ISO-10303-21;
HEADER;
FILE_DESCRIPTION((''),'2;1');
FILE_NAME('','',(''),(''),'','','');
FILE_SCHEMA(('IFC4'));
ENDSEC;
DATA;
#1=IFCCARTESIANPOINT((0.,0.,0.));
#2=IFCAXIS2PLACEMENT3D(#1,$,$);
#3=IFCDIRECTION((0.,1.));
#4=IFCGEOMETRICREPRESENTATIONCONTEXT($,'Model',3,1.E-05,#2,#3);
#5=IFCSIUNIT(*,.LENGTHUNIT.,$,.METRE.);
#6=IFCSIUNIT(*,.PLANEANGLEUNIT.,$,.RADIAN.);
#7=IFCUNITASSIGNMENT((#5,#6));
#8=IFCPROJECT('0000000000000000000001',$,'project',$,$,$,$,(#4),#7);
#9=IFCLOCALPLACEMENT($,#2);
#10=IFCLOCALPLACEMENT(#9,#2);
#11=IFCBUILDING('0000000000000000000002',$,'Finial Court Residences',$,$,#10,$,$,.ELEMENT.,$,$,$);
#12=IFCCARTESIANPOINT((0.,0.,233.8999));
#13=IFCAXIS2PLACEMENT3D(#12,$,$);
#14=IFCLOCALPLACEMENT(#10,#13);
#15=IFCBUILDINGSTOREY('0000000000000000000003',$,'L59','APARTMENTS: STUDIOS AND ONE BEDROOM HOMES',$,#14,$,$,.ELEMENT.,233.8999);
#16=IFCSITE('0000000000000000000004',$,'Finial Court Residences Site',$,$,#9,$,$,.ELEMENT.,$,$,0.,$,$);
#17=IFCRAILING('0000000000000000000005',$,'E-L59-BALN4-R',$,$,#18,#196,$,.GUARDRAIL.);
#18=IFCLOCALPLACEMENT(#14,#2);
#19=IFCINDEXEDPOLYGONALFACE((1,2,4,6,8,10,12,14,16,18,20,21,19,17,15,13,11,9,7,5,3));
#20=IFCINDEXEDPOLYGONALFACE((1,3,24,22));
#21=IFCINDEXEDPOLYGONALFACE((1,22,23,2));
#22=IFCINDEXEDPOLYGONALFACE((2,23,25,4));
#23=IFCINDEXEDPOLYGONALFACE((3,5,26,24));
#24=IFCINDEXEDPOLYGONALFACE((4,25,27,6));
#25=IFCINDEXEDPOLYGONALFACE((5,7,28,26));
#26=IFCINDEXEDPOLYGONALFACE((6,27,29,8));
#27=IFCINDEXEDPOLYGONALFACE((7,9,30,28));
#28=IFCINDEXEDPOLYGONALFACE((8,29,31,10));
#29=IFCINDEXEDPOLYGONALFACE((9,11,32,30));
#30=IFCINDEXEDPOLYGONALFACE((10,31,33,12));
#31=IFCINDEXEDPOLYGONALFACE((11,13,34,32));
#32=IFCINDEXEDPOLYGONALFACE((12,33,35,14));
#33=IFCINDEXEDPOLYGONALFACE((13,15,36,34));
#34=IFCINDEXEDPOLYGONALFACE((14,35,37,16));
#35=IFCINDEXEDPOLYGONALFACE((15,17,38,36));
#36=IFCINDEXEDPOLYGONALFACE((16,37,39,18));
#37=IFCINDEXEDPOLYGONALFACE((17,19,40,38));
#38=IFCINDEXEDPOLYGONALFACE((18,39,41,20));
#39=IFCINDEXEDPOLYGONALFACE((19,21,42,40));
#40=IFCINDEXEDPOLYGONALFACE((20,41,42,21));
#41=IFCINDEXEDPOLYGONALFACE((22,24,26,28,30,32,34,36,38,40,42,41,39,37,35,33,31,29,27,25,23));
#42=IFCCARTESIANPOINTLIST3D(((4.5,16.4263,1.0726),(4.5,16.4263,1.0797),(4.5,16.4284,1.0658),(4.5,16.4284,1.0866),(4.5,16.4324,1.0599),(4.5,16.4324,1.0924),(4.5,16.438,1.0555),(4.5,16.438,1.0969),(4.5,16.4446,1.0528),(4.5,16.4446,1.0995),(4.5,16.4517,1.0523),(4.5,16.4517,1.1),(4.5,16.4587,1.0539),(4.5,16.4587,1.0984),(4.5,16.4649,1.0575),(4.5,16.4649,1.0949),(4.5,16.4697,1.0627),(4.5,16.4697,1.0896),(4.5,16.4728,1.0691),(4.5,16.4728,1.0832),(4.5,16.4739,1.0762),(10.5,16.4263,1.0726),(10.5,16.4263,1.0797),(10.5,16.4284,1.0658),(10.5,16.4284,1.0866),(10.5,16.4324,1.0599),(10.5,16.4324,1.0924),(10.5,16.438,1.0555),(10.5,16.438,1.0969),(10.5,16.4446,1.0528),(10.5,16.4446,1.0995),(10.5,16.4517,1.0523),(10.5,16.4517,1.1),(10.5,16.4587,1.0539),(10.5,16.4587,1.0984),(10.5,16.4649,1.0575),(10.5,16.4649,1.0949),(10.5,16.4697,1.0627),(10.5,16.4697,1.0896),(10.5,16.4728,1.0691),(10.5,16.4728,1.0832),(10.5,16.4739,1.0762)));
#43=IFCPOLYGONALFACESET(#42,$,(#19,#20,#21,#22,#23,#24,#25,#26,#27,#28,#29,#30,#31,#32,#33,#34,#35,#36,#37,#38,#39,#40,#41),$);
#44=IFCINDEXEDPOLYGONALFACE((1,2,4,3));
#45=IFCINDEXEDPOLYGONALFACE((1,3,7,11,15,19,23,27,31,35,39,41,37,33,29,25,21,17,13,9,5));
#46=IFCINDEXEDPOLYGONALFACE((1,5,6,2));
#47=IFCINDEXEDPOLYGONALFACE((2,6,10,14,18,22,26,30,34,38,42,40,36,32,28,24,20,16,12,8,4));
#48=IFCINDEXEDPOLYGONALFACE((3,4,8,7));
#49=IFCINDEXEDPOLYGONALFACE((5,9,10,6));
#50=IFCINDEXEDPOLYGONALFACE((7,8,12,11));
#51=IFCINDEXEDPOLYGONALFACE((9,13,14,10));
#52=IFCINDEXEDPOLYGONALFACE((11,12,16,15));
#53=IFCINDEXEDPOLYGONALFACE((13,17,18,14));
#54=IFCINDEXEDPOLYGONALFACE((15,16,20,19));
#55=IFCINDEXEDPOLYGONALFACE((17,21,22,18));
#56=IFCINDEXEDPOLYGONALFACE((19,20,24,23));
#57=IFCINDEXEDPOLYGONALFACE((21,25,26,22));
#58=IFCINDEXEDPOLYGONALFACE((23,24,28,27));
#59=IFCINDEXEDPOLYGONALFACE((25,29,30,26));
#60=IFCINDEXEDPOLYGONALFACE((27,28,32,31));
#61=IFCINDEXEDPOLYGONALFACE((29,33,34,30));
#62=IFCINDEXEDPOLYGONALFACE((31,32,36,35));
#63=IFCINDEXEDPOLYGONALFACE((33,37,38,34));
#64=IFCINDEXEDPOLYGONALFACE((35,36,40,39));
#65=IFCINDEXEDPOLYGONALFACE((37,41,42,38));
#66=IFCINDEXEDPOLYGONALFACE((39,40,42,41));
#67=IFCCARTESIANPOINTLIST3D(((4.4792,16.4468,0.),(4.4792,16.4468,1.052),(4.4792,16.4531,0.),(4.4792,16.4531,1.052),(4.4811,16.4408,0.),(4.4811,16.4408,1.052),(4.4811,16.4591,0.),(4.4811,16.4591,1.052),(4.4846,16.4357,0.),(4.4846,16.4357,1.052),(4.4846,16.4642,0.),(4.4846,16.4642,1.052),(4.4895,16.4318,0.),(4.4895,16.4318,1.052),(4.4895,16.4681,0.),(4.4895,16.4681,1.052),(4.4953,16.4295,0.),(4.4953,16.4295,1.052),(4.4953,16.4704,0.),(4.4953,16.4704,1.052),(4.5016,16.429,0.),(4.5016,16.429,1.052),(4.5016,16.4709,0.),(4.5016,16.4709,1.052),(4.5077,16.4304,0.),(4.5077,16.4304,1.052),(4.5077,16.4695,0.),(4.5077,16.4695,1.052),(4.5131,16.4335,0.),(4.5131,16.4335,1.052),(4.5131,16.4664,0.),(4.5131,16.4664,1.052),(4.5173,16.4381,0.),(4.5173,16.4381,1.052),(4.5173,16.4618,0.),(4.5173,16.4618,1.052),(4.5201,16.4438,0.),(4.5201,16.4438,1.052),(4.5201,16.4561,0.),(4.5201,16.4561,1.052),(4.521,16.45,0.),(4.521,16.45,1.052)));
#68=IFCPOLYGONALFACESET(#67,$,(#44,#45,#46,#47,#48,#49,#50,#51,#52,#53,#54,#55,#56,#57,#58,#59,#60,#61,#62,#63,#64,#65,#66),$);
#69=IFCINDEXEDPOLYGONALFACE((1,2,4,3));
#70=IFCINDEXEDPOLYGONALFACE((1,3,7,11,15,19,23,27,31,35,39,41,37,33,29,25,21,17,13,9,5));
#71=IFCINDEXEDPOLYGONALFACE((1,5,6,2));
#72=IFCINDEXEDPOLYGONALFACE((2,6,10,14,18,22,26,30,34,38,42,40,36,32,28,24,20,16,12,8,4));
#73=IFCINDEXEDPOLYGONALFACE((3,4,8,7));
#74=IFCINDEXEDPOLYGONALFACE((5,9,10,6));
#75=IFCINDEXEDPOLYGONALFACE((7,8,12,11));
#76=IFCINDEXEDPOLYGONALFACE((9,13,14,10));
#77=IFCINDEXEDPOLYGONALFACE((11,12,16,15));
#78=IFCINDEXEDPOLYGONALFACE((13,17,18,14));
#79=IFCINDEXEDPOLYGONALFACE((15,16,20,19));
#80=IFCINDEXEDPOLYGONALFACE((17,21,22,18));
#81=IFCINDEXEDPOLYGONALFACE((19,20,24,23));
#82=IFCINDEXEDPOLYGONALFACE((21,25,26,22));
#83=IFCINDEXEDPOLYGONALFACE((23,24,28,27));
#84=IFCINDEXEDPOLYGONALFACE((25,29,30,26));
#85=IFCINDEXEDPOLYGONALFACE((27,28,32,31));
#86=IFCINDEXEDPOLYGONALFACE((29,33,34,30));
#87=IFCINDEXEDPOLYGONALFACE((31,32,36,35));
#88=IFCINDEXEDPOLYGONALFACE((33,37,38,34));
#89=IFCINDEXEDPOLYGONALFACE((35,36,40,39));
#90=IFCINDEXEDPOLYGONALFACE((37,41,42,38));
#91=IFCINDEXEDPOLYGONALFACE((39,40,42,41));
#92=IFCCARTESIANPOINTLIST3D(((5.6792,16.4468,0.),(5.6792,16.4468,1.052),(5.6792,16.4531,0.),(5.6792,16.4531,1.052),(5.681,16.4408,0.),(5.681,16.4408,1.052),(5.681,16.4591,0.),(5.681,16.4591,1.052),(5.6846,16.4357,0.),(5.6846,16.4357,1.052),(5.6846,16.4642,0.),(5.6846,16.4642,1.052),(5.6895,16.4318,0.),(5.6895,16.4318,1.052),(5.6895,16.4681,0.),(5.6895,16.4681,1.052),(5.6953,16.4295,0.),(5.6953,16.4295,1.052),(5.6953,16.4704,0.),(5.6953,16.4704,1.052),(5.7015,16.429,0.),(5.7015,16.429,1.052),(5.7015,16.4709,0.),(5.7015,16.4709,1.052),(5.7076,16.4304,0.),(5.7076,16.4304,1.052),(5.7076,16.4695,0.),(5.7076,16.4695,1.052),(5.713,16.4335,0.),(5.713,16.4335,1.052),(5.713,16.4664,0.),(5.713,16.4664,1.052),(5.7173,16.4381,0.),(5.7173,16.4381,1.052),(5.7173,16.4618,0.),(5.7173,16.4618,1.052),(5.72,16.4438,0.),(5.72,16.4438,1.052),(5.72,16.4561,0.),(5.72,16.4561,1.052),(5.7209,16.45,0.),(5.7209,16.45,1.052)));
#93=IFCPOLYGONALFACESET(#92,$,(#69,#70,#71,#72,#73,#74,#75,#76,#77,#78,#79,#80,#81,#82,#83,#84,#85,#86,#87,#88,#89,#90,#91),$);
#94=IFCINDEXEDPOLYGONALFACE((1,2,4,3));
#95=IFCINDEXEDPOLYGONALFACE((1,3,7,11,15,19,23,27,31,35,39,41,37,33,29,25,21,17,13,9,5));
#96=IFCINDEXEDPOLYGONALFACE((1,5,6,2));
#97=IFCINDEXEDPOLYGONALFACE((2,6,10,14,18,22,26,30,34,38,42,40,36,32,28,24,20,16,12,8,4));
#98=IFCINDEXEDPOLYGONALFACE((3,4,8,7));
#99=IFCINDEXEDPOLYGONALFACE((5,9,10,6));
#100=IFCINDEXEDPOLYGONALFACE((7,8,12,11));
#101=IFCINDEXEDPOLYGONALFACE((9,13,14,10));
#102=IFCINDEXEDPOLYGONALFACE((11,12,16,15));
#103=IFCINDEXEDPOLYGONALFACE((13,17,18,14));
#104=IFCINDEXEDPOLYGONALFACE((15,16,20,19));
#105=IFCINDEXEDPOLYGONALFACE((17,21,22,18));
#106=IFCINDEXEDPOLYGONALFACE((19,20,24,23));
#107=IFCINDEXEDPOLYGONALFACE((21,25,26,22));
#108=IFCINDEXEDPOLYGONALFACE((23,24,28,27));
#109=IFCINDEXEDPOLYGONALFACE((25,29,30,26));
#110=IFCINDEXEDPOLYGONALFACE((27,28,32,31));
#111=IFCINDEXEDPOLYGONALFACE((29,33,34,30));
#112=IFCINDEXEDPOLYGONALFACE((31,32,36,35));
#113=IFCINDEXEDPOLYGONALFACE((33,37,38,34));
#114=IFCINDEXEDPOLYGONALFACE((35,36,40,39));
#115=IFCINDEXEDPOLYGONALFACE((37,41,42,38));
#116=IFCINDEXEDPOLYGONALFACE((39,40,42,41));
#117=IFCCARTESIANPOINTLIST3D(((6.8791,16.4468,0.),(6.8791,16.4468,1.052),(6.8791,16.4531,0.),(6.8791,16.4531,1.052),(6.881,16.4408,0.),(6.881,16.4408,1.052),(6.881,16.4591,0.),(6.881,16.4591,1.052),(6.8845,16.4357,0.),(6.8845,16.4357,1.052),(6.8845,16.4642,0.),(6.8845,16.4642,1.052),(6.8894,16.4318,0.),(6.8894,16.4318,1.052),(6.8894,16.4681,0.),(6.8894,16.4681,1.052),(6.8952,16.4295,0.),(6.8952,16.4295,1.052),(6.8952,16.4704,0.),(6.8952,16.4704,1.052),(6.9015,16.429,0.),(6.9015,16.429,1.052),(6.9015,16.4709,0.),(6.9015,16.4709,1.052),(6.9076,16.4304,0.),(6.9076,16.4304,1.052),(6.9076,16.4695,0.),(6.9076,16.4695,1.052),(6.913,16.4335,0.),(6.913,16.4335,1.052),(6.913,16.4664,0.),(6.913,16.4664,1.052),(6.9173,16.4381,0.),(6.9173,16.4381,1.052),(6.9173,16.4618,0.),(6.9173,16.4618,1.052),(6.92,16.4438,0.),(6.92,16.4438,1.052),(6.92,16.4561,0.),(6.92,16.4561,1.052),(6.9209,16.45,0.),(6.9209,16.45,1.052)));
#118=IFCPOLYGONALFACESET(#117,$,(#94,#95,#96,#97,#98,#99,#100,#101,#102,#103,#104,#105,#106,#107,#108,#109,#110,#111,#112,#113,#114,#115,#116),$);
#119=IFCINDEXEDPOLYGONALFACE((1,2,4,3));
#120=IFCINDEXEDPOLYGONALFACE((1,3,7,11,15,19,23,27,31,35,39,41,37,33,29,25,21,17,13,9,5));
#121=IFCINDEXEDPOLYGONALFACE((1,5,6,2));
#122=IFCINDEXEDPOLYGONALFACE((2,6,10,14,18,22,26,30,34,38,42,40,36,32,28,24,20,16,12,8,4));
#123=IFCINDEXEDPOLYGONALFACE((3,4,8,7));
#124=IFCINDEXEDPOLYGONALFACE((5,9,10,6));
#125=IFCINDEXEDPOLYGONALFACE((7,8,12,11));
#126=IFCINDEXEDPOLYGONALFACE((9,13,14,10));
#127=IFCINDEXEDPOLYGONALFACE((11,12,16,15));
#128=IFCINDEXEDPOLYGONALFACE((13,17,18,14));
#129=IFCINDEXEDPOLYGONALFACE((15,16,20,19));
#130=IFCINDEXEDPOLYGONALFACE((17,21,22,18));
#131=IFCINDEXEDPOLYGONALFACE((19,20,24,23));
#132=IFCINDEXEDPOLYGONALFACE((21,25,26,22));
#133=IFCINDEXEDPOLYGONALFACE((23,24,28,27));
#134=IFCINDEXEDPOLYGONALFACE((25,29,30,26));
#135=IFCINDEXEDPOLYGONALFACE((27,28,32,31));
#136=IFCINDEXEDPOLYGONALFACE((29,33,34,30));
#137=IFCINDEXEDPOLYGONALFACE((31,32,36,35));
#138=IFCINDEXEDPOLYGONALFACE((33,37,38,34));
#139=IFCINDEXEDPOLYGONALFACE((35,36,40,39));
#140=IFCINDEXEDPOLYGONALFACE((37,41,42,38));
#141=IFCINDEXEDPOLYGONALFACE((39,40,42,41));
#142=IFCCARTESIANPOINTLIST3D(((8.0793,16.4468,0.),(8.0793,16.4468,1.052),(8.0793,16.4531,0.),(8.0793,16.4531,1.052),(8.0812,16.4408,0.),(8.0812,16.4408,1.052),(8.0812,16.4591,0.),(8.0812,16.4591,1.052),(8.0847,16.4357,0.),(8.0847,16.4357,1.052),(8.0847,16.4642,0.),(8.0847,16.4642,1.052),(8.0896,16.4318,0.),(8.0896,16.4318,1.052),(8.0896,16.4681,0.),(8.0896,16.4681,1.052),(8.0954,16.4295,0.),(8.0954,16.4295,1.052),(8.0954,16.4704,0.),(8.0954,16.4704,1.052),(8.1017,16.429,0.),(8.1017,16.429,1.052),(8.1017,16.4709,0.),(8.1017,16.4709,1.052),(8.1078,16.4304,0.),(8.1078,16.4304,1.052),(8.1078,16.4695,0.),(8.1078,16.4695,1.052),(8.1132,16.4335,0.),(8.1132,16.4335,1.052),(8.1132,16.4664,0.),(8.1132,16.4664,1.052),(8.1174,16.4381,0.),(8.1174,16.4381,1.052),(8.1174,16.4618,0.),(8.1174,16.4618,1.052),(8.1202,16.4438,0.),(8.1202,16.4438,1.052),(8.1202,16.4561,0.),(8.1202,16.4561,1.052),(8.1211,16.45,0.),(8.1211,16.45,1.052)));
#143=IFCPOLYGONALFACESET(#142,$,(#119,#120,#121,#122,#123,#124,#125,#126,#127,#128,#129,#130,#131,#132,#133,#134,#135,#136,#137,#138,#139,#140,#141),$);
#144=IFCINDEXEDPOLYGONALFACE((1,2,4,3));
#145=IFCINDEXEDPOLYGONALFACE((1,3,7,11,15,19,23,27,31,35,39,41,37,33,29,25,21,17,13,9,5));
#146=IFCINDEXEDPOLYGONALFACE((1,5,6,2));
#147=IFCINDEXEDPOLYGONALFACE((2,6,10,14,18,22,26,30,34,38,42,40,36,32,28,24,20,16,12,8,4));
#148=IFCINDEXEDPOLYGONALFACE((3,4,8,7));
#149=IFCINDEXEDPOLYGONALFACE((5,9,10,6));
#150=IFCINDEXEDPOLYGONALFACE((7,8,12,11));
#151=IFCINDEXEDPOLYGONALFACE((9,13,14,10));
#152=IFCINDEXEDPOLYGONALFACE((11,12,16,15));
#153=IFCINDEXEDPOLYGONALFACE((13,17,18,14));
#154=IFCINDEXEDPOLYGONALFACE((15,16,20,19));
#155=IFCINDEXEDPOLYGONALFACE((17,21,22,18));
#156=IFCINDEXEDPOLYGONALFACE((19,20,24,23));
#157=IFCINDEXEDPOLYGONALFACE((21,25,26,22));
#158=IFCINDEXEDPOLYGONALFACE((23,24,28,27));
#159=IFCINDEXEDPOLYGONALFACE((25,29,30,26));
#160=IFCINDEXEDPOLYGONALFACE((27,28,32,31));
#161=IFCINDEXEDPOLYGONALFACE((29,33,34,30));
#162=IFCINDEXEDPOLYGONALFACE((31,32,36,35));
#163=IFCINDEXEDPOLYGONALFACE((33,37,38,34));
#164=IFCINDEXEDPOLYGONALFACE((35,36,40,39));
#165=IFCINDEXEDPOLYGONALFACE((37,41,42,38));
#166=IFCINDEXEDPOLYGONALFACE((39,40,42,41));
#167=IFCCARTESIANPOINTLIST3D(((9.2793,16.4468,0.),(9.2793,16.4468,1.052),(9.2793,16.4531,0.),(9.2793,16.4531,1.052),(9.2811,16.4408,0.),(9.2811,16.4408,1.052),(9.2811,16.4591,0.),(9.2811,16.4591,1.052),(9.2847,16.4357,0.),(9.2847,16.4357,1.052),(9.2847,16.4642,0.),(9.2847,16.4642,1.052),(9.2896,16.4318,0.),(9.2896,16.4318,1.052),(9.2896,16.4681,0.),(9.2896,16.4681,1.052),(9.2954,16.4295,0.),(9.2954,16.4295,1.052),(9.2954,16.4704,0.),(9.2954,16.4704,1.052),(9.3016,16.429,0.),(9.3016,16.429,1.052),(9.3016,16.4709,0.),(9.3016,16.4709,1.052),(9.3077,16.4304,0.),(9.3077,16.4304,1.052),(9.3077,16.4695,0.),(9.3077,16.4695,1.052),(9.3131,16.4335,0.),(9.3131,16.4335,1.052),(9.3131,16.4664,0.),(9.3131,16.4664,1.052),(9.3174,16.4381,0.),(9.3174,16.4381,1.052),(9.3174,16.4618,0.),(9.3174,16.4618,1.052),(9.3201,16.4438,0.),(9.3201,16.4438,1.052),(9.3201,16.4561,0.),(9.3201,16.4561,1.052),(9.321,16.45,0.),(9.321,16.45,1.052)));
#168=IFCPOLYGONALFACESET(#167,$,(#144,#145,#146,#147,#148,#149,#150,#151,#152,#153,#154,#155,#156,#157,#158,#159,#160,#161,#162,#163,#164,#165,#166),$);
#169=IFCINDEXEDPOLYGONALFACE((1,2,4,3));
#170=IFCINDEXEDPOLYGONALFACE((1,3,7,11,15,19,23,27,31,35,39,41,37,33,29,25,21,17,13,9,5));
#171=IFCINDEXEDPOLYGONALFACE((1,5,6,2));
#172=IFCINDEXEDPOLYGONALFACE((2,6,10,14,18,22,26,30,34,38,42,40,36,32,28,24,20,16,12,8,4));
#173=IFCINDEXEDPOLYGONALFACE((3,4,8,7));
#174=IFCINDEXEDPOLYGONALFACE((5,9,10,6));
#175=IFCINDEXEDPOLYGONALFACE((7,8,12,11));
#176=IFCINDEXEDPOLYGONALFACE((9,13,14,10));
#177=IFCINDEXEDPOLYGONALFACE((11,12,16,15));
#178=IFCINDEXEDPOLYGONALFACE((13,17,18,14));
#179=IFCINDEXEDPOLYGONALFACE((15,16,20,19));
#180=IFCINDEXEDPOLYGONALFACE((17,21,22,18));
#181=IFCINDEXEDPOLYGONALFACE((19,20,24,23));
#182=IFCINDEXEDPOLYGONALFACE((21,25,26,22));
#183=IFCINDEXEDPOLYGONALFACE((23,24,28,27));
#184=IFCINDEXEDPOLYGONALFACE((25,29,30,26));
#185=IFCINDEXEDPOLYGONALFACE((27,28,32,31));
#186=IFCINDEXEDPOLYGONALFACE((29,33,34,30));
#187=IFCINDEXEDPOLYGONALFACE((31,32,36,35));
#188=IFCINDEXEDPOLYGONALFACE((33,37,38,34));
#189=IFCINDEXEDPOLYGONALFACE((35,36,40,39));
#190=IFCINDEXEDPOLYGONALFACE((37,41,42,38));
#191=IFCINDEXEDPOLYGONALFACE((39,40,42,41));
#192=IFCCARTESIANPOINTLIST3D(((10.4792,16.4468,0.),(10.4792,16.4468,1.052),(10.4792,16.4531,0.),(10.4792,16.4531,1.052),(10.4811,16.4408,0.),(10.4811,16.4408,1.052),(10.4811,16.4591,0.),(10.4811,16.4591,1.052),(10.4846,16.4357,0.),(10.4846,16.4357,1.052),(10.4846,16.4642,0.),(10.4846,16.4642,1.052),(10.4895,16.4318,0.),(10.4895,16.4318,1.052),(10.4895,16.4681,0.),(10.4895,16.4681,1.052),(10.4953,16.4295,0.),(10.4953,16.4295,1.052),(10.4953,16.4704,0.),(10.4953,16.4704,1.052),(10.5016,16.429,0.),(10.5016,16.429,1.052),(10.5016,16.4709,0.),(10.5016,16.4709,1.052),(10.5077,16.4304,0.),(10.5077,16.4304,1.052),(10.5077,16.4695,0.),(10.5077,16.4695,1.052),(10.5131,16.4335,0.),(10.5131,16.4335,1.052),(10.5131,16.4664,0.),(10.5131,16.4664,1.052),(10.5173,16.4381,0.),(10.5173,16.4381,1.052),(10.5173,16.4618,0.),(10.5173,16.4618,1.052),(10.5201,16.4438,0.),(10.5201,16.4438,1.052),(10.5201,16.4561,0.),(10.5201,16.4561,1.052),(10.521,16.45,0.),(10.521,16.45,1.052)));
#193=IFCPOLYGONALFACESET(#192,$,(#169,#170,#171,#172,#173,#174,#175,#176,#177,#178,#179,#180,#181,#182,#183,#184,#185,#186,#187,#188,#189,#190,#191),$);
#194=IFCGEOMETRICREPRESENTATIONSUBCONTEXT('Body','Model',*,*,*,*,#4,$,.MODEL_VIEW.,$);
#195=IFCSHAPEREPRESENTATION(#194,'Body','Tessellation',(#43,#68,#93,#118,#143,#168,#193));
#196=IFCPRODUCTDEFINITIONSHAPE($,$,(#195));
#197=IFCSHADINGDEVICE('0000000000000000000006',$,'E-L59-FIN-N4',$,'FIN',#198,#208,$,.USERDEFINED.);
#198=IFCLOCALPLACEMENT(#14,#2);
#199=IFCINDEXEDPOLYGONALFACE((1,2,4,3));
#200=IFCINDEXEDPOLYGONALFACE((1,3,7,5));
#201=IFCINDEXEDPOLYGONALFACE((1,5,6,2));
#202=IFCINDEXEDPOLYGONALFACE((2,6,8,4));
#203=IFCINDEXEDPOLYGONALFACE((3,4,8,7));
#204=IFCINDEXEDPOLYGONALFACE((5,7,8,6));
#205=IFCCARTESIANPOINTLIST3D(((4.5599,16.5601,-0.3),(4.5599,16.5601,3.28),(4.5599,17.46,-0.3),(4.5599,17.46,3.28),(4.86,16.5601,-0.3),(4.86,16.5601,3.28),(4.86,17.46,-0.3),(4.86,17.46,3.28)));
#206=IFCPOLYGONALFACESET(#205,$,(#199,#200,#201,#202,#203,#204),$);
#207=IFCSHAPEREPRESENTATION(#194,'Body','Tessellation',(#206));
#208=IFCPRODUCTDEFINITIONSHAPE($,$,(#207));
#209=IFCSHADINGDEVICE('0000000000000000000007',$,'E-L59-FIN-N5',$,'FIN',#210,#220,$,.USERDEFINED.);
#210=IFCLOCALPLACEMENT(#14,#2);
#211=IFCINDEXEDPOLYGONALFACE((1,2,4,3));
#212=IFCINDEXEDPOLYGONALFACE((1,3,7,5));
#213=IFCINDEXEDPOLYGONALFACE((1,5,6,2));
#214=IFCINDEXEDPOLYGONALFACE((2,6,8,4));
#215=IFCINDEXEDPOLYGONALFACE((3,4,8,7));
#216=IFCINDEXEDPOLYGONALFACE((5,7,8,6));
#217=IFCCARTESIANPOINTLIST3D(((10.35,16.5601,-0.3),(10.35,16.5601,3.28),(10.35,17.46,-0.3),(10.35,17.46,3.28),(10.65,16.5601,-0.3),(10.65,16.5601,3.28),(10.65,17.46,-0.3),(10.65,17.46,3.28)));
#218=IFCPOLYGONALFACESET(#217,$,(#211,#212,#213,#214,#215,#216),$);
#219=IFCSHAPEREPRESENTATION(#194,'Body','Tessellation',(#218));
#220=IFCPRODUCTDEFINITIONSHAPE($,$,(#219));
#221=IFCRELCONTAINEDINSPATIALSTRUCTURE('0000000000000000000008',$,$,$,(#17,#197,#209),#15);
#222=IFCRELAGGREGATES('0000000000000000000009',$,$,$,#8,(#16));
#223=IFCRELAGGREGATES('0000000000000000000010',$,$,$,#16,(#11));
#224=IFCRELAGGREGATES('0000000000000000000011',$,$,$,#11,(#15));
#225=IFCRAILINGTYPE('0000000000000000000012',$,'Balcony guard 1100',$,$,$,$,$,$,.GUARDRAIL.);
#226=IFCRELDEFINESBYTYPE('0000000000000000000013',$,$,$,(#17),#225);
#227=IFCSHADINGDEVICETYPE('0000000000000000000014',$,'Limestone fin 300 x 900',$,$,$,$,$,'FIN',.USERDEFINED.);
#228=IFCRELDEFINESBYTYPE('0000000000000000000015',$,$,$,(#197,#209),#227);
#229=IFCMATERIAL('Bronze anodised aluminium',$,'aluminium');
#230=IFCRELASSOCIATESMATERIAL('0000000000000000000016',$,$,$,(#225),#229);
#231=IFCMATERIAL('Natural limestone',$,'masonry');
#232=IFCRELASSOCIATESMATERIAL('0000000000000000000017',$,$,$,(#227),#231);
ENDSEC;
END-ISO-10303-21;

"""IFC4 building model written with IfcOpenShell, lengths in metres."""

from ifc_helpers import new_model, si_unit, direction, frame, origin, origin_2d, place, context, subcontext, project, spatial, rectangle, circle, extrude, material, type_object, element, save


model = new_model("IFC4")

# Units and contexts
model_context = context("Model", 3, precision=1e-05, world=origin(), true_north=direction((0.0, 1.0)))
body_context = subcontext(model_context, "Body", "Model", "MODEL_VIEW")
ifc_project = project(units=[si_unit("LENGTHUNIT", "METRE"), si_unit("PLANEANGLEUNIT", "RADIAN")], contexts=[model_context])

# Site, building, storey
site_placement = place(None, origin())
site = spatial("IfcSite", under=ifc_project, at=site_placement, Name="Finial Court Residences Site", CompositionType="ELEMENT", RefElevation=0.0)
building_placement = place(site_placement, origin())
building = spatial("IfcBuilding", under=site, at=building_placement, Name="Finial Court Residences", CompositionType="ELEMENT")
storey_placement = place(building_placement, frame((0.0, 0.0, 233.8999)))
storey = spatial("IfcBuildingStorey", under=building, at=storey_placement, Name="L59", Description="APARTMENTS: STUDIOS AND ONE BEDROOM HOMES", CompositionType="ELEMENT", Elevation=233.8999)

# Shared definitions
ifc_material_1 = material(Name="Bronze anodised aluminium", Category="aluminium")

# Shared definitions
ifc_material_2 = material(Name="Natural limestone", Category="masonry")

# Railing
railing_type = type_object("IfcRailingType", Name="Balcony guard 1100", PredefinedType="GUARDRAIL", material=ifc_material_1)
railing_placement = place(storey_placement, frame((4.5, 16.45, 0.0)))
element("IfcRailing", 1, at=railing_placement, inside=storey, type_object=railing_type, Name="E-L59-BALN4-R", PredefinedType="GUARDRAIL", context=body_context, shape_type="SweptSolid", body=[
    extrude(circle(Radius=0.0239, at=origin_2d()), frame((0.0, 0.0, 1.0762), z_axis=(1.0, 0.0, 0.0), x_axis=(0.0, 1.0, 0.0)), (0.0, 0.0, 1.0), 6.0),
    extrude(circle(Radius=0.021, at=origin_2d()), origin(), (0.0, 0.0, 1.0), 1.052),
    extrude(circle(Radius=0.021, at=origin_2d()), frame((1.2, 0.0, 0.0)), (0.0, 0.0, 1.0), 1.052),
    extrude(circle(Radius=0.021, at=origin_2d()), frame((2.3999, 0.0, 0.0)), (0.0, 0.0, 1.0), 1.052),
    extrude(circle(Radius=0.021, at=origin_2d()), frame((3.6001, 0.0, 0.0)), (0.0, 0.0, 1.0), 1.052),
    extrude(circle(Radius=0.021, at=origin_2d()), frame((4.8, 0.0, 0.0)), (0.0, 0.0, 1.0), 1.052),
    extrude(circle(Radius=0.021, at=origin_2d()), frame((6.0, 0.0, 0.0)), (0.0, 0.0, 1.0), 1.052),
])

# Shading devices
shading_device_type = type_object("IfcShadingDeviceType", Name="Limestone fin 300 x 900", ElementType="FIN", PredefinedType="USERDEFINED", material=ifc_material_2)
for number, where, z_axis, x_axis, name in (
    (2, (4.71, 17.01, -0.3), (0.0, 0.0, 1.0), (1.0, 0.0, 0.0), "E-L59-FIN-N4"),
    (3, (10.5, 17.01, -0.3), (0.0, 0.0, 1.0), (1.0, 0.0, 0.0), "E-L59-FIN-N5"),
):
    element("IfcShadingDevice", number, at=place(storey_placement, frame(where, z_axis=z_axis, x_axis=x_axis)), inside=storey, type_object=shading_device_type, Name=name, ObjectType="FIN", PredefinedType="USERDEFINED", context=body_context, shape_type="SweptSolid", body=[
        extrude(rectangle(XDim=0.3, YDim=0.8999, at=origin_2d()), origin(), (0.0, 0.0, 1.0), 3.5801),
    ])

save(model, "model.ifc")
